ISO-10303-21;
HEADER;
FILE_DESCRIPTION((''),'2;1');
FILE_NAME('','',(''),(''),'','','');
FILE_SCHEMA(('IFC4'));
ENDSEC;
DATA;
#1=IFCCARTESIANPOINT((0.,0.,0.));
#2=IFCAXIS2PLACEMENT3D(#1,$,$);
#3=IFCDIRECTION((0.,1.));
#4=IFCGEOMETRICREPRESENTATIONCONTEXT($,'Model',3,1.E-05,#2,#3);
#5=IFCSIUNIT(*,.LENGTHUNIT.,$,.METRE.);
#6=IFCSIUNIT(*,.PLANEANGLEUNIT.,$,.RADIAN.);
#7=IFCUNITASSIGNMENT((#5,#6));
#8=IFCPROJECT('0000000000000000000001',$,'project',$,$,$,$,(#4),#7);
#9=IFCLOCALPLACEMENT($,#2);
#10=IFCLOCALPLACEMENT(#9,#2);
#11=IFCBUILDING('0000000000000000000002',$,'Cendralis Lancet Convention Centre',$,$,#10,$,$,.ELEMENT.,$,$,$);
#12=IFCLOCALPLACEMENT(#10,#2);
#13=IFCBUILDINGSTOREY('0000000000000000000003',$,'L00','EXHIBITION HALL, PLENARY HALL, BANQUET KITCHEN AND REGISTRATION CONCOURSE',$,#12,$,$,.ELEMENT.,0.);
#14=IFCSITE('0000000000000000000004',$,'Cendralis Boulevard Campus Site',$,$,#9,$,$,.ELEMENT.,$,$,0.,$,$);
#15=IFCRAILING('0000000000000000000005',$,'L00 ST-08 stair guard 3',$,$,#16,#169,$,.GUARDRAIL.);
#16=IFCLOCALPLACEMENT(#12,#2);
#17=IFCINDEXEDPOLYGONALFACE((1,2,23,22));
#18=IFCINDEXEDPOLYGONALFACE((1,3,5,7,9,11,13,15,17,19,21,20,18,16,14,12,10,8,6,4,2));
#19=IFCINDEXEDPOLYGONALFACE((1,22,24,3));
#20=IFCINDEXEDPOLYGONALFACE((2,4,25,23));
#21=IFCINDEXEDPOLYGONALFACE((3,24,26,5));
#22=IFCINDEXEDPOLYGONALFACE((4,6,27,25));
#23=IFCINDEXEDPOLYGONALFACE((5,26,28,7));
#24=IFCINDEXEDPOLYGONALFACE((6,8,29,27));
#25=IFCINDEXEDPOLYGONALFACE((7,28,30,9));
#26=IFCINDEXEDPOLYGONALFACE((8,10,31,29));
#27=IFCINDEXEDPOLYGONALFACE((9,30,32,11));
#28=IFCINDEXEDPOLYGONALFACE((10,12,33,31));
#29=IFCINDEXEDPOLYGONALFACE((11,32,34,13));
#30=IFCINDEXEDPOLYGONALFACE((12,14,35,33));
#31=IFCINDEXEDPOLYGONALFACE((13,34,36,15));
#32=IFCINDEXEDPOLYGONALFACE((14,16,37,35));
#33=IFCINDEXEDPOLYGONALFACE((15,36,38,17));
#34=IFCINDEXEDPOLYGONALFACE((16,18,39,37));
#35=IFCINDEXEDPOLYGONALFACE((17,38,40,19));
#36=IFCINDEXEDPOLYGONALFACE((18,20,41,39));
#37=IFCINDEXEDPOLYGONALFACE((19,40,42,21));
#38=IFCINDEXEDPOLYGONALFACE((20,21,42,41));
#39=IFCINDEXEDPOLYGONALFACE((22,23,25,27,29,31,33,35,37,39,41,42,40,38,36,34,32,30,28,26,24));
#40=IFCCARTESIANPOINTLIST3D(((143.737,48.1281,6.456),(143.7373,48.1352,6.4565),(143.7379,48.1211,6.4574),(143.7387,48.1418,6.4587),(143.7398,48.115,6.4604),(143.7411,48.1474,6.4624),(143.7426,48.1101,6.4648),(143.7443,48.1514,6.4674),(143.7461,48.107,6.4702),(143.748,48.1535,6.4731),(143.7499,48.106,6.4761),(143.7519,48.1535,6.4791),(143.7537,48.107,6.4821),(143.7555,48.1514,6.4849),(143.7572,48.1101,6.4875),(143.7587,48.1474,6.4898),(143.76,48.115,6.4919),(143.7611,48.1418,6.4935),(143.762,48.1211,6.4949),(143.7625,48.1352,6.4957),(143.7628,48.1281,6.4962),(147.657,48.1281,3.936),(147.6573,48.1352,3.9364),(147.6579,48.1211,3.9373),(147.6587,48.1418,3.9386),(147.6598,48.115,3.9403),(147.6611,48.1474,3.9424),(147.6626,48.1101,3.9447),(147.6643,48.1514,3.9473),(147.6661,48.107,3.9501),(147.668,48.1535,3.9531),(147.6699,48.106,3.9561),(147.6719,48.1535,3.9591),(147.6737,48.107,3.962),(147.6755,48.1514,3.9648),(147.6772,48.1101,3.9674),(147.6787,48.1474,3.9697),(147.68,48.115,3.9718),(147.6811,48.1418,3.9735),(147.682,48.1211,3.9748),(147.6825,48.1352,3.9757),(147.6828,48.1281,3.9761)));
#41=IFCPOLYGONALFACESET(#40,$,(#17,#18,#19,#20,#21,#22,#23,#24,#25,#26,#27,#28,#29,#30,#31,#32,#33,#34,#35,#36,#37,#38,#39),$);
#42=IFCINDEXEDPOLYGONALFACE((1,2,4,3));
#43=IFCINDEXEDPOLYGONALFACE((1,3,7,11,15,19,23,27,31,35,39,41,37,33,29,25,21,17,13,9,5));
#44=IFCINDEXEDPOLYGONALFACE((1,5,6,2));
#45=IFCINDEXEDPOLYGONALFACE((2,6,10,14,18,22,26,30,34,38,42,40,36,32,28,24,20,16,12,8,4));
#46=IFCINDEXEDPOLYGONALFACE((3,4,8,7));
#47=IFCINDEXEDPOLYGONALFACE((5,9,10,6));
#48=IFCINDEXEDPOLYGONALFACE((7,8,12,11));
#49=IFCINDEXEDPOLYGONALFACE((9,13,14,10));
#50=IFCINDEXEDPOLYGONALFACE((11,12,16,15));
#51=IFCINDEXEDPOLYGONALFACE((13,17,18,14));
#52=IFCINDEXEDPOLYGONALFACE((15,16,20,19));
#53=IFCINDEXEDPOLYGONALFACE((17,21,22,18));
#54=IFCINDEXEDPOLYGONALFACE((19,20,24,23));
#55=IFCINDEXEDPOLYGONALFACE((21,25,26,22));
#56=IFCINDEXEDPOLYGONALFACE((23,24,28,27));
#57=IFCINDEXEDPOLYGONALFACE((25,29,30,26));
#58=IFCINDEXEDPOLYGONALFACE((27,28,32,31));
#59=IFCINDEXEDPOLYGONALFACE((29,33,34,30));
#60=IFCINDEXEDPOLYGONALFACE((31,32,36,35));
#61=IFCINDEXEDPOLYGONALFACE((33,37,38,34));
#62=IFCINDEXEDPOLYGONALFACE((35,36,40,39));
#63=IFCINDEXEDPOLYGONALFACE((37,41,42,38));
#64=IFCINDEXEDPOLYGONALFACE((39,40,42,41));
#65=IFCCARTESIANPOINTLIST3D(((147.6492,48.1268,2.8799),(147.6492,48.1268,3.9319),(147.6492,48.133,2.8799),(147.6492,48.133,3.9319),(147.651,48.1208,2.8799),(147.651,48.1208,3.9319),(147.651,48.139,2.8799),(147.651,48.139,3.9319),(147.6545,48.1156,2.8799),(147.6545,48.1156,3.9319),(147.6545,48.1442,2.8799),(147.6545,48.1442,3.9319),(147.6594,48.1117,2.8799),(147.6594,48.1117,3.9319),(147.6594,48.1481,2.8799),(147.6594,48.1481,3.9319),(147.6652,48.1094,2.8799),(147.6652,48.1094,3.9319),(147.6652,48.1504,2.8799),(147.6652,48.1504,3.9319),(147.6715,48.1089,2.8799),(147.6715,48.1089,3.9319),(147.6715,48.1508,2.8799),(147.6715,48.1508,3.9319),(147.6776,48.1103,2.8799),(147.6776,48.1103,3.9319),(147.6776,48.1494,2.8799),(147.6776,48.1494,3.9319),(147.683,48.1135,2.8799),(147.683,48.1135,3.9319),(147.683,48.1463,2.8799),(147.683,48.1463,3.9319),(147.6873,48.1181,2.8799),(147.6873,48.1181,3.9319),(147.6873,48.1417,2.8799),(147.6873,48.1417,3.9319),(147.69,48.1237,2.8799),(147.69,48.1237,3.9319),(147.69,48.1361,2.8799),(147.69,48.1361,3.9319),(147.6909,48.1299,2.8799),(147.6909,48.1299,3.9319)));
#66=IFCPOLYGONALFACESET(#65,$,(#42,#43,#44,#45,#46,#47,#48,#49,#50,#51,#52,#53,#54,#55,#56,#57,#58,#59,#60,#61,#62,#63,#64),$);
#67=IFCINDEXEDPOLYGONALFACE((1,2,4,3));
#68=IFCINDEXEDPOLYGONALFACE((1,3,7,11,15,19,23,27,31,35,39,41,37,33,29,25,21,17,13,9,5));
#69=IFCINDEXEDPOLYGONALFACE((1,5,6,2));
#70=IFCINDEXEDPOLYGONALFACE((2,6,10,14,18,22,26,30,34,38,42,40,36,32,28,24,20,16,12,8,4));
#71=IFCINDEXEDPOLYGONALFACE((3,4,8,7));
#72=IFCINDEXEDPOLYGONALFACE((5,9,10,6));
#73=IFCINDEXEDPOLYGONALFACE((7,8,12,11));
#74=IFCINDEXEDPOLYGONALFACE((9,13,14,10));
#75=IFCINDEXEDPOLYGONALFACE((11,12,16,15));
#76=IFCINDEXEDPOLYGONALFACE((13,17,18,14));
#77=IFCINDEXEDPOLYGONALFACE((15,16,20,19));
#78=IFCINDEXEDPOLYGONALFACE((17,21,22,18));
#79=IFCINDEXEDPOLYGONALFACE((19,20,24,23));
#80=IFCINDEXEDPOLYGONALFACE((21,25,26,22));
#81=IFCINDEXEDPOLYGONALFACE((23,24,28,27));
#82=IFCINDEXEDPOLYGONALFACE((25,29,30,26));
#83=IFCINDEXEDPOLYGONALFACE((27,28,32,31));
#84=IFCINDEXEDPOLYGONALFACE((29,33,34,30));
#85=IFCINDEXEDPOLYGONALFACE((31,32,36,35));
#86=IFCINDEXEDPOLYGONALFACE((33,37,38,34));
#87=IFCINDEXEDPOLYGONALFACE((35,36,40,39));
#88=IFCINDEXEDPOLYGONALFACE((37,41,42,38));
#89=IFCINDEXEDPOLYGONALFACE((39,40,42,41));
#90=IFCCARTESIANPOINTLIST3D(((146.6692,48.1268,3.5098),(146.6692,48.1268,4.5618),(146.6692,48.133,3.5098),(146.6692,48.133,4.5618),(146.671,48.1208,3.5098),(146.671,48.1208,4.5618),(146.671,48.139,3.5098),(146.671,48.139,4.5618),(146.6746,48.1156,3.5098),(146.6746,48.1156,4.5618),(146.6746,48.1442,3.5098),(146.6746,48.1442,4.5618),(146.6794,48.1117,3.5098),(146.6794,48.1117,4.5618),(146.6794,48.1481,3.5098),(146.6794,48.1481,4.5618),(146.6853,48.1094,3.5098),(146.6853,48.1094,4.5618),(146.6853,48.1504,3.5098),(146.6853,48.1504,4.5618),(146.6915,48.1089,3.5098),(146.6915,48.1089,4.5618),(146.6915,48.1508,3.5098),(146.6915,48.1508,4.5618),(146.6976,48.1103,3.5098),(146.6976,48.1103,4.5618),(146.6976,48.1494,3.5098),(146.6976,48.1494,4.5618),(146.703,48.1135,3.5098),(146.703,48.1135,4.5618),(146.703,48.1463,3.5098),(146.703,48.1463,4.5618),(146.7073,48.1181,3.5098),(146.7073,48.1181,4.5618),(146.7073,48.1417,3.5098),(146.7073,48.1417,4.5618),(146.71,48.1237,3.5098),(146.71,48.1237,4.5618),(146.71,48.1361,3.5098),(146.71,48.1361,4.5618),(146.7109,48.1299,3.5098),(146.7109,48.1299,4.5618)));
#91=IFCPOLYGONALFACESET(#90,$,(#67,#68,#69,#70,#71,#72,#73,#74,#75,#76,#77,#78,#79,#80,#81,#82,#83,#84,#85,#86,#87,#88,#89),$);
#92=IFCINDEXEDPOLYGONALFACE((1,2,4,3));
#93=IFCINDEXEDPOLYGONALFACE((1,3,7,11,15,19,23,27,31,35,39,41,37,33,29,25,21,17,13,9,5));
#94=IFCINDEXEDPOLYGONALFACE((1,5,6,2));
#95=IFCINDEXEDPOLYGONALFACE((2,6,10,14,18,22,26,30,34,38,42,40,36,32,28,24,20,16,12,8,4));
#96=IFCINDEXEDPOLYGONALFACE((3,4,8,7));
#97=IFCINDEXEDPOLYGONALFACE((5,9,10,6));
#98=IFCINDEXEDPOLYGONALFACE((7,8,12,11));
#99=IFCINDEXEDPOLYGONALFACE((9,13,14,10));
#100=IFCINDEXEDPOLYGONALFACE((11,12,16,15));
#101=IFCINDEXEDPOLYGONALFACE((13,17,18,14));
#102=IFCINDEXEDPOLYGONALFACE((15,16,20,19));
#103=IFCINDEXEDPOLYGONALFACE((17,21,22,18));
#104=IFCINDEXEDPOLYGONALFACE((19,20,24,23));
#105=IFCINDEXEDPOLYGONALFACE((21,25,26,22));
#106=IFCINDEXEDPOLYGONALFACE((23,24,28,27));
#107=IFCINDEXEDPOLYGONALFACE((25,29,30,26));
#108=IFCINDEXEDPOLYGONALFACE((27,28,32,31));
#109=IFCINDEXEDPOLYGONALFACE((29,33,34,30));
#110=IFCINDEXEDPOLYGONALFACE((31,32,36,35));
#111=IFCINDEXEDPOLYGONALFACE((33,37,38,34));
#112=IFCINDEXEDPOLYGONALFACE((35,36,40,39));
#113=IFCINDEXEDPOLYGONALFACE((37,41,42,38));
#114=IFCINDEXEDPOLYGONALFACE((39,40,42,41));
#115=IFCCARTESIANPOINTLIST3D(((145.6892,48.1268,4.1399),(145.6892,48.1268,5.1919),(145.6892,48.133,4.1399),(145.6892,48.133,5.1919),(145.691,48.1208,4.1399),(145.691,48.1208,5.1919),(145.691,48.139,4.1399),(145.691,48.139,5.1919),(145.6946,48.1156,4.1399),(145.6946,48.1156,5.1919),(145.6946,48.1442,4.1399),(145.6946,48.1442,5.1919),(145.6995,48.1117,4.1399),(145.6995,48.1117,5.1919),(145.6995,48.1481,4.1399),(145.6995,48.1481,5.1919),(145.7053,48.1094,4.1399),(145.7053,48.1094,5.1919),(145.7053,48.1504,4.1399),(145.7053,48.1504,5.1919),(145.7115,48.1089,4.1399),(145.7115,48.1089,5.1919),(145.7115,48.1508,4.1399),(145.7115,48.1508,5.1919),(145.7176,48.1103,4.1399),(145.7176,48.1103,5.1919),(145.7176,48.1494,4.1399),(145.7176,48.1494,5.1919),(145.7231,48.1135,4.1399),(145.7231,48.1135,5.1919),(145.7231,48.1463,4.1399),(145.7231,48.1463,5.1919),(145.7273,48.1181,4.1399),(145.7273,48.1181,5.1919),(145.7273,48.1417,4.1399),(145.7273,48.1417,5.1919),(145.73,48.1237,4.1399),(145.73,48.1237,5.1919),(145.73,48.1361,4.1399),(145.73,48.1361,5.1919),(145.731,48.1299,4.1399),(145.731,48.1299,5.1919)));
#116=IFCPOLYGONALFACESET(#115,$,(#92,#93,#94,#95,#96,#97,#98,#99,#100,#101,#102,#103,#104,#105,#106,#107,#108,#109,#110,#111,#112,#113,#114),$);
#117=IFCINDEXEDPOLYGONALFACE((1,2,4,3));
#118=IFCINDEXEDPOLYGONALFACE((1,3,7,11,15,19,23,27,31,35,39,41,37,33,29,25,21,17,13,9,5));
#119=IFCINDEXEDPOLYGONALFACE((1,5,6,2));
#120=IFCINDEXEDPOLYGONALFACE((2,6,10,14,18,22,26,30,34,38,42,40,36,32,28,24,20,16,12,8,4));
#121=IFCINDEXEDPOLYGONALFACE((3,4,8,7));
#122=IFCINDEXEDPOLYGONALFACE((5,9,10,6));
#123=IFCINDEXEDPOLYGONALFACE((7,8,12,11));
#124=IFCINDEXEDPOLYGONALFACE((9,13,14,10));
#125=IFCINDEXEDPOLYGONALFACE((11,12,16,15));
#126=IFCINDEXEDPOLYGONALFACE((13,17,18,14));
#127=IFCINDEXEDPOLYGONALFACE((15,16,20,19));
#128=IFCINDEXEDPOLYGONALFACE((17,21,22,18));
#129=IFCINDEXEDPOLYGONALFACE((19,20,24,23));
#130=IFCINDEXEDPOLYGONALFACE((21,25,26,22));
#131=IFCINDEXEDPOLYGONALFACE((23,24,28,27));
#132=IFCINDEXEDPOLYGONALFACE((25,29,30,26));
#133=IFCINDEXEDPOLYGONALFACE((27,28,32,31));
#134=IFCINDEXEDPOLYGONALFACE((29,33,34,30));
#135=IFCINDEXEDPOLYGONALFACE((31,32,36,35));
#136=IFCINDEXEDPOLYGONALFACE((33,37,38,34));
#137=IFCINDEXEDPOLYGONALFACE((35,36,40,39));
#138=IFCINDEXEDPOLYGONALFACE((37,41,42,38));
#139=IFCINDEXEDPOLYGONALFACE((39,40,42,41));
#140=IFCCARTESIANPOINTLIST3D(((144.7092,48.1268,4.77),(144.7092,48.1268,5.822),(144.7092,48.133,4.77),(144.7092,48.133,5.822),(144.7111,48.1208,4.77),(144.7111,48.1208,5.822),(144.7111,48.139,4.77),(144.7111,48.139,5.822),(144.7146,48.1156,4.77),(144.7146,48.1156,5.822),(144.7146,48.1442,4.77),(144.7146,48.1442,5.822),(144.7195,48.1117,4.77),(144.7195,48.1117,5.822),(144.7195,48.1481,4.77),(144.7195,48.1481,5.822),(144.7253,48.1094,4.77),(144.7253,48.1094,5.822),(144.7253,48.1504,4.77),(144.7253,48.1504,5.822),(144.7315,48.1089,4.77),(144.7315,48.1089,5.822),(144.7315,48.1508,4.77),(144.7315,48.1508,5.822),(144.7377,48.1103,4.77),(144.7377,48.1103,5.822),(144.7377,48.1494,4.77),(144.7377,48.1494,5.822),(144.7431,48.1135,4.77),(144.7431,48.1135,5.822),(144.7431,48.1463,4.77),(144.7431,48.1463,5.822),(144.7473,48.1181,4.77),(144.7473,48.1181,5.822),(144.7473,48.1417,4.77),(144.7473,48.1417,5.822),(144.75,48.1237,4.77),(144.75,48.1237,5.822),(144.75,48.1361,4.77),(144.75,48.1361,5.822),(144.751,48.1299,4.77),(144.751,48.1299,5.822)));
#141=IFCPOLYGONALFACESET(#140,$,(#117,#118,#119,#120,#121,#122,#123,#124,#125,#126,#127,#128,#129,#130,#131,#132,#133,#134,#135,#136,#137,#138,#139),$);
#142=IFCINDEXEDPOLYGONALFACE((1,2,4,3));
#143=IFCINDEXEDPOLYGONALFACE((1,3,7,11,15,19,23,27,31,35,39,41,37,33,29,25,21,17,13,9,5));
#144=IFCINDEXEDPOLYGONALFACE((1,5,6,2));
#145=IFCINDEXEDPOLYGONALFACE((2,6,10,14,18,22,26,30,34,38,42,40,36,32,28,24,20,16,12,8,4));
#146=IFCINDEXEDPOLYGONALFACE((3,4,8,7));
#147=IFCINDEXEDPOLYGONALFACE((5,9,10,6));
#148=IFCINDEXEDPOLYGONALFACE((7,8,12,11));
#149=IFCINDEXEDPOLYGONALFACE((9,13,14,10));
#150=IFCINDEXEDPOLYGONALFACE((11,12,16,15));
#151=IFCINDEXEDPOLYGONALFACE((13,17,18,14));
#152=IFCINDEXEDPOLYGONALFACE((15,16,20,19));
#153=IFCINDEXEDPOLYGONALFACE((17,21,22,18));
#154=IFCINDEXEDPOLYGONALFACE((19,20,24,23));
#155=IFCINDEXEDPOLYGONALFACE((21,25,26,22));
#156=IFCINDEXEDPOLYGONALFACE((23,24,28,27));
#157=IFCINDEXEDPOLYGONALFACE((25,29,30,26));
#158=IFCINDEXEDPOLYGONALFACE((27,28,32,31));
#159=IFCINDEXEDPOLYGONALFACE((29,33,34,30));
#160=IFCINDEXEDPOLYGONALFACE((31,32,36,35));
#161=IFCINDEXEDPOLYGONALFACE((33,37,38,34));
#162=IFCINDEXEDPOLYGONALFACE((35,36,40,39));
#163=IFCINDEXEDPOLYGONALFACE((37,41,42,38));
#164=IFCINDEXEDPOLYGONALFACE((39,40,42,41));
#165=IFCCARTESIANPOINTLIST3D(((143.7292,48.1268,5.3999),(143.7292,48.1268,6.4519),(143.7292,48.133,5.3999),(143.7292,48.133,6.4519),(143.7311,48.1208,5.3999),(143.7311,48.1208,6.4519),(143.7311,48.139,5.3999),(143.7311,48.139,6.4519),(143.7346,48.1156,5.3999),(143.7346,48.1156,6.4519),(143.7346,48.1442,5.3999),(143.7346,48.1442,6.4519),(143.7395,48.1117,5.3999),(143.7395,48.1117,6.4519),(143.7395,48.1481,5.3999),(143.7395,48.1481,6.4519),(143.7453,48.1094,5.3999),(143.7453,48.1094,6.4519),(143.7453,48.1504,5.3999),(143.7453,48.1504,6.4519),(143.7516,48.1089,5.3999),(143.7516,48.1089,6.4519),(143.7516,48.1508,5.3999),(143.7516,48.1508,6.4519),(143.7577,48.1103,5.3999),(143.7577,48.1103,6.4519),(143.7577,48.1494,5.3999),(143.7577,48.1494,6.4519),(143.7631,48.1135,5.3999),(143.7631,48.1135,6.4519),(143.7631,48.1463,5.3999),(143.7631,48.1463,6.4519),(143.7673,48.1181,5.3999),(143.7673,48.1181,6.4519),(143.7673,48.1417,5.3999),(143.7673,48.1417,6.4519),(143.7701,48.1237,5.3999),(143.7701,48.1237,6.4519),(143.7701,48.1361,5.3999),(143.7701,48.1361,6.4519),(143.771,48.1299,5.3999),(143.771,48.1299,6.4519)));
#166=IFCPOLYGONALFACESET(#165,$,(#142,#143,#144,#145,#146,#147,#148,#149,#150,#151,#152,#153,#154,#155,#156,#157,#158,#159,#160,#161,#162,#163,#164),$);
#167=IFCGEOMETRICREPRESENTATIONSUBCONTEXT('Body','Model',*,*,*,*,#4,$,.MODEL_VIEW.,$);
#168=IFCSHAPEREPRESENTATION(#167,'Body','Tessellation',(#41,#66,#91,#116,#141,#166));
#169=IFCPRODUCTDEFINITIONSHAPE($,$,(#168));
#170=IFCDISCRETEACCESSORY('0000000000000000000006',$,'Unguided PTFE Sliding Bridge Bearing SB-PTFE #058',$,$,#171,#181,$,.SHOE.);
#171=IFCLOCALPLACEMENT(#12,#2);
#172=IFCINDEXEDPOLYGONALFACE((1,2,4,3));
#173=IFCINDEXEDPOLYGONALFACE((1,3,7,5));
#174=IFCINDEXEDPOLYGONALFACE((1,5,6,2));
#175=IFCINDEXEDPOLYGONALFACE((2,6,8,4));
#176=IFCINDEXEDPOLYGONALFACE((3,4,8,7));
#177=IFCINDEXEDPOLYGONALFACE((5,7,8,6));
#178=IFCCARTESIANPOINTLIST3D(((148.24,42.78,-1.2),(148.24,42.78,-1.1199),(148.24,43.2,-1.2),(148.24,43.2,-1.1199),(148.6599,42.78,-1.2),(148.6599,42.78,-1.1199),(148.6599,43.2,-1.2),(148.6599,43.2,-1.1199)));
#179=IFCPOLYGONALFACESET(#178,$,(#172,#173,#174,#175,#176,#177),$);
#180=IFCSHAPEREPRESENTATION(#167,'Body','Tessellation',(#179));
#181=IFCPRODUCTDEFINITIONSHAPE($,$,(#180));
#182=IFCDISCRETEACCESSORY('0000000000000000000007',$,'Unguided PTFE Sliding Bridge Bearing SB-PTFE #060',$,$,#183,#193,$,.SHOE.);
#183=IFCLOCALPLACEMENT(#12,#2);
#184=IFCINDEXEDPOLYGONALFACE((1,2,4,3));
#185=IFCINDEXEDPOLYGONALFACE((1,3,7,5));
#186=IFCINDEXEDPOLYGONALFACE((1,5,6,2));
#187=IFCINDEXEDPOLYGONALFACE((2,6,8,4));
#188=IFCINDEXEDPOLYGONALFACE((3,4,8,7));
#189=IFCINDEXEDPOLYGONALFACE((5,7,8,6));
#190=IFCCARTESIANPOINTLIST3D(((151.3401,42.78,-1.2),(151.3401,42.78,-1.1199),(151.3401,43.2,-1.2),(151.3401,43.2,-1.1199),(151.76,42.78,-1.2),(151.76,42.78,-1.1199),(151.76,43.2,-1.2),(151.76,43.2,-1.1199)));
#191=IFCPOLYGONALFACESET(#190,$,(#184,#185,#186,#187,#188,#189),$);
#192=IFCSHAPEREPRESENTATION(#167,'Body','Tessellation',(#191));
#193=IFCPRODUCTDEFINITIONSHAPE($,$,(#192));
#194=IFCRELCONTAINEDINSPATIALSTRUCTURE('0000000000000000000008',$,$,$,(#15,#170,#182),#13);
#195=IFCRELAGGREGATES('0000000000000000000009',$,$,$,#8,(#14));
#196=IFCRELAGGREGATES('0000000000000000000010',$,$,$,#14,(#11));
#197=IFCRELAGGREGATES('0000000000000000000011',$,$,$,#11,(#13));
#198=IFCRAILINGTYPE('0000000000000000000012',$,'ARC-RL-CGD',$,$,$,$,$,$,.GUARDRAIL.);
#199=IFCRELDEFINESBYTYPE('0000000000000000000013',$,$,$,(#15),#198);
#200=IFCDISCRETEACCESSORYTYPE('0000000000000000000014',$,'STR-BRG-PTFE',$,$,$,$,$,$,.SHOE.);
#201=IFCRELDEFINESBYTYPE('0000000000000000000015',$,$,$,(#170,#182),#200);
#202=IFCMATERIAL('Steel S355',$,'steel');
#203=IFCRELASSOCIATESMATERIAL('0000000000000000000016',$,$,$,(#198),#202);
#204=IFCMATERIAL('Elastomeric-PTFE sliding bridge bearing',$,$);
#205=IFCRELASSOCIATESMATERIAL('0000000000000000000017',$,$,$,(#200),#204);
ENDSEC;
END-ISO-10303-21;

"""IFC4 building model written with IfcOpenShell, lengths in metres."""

from ifc_helpers import new_model, si_unit, direction, frame, origin, origin_2d, place, context, subcontext, project, spatial, rectangle, circle, extrude, material, type_object, element, save


model = new_model("IFC4")

# Units and contexts
model_context = context("Model", 3, precision=1e-05, world=origin(), true_north=direction((0.0, 1.0)))
body_context = subcontext(model_context, "Body", "Model", "MODEL_VIEW")
ifc_project = project(units=[si_unit("LENGTHUNIT", "METRE"), si_unit("PLANEANGLEUNIT", "RADIAN")], contexts=[model_context])

# Site, building, storey
site_placement = place(None, origin())
site = spatial("IfcSite", under=ifc_project, at=site_placement, Name="Cendralis Boulevard Campus Site", CompositionType="ELEMENT", RefElevation=0.0)
building_placement = place(site_placement, origin())
building = spatial("IfcBuilding", under=site, at=building_placement, Name="Cendralis Lancet Convention Centre", CompositionType="ELEMENT")
storey_placement = place(building_placement, origin())
storey = spatial("IfcBuildingStorey", under=building, at=storey_placement, Name="L00", Description="EXHIBITION HALL, PLENARY HALL, BANQUET KITCHEN AND REGISTRATION CONCOURSE", CompositionType="ELEMENT", Elevation=0.0)

# Shared definitions
ifc_material_1 = material(Name="Steel S355", Category="steel")

# Railing
railing_type = type_object("IfcRailingType", Name="ARC-RL-CGD", PredefinedType="GUARDRAIL", material=ifc_material_1)
railing_1_placement = place(storey_placement, frame((147.6699, 48.1299, 2.8799)))
element("IfcRailing", 1, at=railing_1_placement, inside=storey, type_object=railing_type, Name="L00 ST-08 stair guard 3", PredefinedType="GUARDRAIL", context=body_context, shape_type="SweptSolid", body=[
    extrude(circle(Radius=0.0239, at=origin_2d()), frame((0.0, 0.0, 1.0762), z_axis=(-0.841172, 0.0, 0.540768), x_axis=(0.0, -1.0, 0.0)), (0.0, 0.0, 1.0), 4.6602),
    extrude(circle(Radius=0.021, at=origin_2d()), origin(), (0.0, 0.0, 1.0), 1.052),
    extrude(circle(Radius=0.021, at=origin_2d()), frame((-0.98, 0.0, 0.6299)), (0.0, 0.0, 1.0), 1.052),
    extrude(circle(Radius=0.021, at=origin_2d()), frame((-1.96, 0.0, 1.26)), (0.0, 0.0, 1.0), 1.052),
    extrude(circle(Radius=0.021, at=origin_2d()), frame((-2.9399, 0.0, 1.8901)), (0.0, 0.0, 1.0), 1.052),
    extrude(circle(Radius=0.021, at=origin_2d()), frame((-3.9199, 0.0, 2.52)), (0.0, 0.0, 1.0), 1.052),
])

# Discrete accessories
ifc_material_2 = material(Name="Elastomeric-PTFE sliding bridge bearing")
discrete_accessory_type = type_object("IfcDiscreteAccessoryType", Name="STR-BRG-PTFE", PredefinedType="SHOE", material=ifc_material_2)
for number, where, z_axis, x_axis, name in (
    (2, (148.45, 42.99, -1.2), (0.0, 0.0, 1.0), (1.0, 0.0, 0.0), "Unguided PTFE Sliding Bridge Bearing SB-PTFE #058"),
    (3, (151.55, 42.99, -1.2), (0.0, 0.0, 1.0), (1.0, 0.0, 0.0), "Unguided PTFE Sliding Bridge Bearing SB-PTFE #060"),
):
    element("IfcDiscreteAccessory", number, at=place(storey_placement, frame(where, z_axis=z_axis, x_axis=x_axis)), inside=storey, type_object=discrete_accessory_type, Name=name, PredefinedType="SHOE", context=body_context, shape_type="SweptSolid", body=[
        extrude(rectangle(XDim=0.4199, YDim=0.4199, at=origin_2d()), origin(), (0.0, 0.0, 1.0), 0.0801),
    ])

save(model, "model.ifc")
